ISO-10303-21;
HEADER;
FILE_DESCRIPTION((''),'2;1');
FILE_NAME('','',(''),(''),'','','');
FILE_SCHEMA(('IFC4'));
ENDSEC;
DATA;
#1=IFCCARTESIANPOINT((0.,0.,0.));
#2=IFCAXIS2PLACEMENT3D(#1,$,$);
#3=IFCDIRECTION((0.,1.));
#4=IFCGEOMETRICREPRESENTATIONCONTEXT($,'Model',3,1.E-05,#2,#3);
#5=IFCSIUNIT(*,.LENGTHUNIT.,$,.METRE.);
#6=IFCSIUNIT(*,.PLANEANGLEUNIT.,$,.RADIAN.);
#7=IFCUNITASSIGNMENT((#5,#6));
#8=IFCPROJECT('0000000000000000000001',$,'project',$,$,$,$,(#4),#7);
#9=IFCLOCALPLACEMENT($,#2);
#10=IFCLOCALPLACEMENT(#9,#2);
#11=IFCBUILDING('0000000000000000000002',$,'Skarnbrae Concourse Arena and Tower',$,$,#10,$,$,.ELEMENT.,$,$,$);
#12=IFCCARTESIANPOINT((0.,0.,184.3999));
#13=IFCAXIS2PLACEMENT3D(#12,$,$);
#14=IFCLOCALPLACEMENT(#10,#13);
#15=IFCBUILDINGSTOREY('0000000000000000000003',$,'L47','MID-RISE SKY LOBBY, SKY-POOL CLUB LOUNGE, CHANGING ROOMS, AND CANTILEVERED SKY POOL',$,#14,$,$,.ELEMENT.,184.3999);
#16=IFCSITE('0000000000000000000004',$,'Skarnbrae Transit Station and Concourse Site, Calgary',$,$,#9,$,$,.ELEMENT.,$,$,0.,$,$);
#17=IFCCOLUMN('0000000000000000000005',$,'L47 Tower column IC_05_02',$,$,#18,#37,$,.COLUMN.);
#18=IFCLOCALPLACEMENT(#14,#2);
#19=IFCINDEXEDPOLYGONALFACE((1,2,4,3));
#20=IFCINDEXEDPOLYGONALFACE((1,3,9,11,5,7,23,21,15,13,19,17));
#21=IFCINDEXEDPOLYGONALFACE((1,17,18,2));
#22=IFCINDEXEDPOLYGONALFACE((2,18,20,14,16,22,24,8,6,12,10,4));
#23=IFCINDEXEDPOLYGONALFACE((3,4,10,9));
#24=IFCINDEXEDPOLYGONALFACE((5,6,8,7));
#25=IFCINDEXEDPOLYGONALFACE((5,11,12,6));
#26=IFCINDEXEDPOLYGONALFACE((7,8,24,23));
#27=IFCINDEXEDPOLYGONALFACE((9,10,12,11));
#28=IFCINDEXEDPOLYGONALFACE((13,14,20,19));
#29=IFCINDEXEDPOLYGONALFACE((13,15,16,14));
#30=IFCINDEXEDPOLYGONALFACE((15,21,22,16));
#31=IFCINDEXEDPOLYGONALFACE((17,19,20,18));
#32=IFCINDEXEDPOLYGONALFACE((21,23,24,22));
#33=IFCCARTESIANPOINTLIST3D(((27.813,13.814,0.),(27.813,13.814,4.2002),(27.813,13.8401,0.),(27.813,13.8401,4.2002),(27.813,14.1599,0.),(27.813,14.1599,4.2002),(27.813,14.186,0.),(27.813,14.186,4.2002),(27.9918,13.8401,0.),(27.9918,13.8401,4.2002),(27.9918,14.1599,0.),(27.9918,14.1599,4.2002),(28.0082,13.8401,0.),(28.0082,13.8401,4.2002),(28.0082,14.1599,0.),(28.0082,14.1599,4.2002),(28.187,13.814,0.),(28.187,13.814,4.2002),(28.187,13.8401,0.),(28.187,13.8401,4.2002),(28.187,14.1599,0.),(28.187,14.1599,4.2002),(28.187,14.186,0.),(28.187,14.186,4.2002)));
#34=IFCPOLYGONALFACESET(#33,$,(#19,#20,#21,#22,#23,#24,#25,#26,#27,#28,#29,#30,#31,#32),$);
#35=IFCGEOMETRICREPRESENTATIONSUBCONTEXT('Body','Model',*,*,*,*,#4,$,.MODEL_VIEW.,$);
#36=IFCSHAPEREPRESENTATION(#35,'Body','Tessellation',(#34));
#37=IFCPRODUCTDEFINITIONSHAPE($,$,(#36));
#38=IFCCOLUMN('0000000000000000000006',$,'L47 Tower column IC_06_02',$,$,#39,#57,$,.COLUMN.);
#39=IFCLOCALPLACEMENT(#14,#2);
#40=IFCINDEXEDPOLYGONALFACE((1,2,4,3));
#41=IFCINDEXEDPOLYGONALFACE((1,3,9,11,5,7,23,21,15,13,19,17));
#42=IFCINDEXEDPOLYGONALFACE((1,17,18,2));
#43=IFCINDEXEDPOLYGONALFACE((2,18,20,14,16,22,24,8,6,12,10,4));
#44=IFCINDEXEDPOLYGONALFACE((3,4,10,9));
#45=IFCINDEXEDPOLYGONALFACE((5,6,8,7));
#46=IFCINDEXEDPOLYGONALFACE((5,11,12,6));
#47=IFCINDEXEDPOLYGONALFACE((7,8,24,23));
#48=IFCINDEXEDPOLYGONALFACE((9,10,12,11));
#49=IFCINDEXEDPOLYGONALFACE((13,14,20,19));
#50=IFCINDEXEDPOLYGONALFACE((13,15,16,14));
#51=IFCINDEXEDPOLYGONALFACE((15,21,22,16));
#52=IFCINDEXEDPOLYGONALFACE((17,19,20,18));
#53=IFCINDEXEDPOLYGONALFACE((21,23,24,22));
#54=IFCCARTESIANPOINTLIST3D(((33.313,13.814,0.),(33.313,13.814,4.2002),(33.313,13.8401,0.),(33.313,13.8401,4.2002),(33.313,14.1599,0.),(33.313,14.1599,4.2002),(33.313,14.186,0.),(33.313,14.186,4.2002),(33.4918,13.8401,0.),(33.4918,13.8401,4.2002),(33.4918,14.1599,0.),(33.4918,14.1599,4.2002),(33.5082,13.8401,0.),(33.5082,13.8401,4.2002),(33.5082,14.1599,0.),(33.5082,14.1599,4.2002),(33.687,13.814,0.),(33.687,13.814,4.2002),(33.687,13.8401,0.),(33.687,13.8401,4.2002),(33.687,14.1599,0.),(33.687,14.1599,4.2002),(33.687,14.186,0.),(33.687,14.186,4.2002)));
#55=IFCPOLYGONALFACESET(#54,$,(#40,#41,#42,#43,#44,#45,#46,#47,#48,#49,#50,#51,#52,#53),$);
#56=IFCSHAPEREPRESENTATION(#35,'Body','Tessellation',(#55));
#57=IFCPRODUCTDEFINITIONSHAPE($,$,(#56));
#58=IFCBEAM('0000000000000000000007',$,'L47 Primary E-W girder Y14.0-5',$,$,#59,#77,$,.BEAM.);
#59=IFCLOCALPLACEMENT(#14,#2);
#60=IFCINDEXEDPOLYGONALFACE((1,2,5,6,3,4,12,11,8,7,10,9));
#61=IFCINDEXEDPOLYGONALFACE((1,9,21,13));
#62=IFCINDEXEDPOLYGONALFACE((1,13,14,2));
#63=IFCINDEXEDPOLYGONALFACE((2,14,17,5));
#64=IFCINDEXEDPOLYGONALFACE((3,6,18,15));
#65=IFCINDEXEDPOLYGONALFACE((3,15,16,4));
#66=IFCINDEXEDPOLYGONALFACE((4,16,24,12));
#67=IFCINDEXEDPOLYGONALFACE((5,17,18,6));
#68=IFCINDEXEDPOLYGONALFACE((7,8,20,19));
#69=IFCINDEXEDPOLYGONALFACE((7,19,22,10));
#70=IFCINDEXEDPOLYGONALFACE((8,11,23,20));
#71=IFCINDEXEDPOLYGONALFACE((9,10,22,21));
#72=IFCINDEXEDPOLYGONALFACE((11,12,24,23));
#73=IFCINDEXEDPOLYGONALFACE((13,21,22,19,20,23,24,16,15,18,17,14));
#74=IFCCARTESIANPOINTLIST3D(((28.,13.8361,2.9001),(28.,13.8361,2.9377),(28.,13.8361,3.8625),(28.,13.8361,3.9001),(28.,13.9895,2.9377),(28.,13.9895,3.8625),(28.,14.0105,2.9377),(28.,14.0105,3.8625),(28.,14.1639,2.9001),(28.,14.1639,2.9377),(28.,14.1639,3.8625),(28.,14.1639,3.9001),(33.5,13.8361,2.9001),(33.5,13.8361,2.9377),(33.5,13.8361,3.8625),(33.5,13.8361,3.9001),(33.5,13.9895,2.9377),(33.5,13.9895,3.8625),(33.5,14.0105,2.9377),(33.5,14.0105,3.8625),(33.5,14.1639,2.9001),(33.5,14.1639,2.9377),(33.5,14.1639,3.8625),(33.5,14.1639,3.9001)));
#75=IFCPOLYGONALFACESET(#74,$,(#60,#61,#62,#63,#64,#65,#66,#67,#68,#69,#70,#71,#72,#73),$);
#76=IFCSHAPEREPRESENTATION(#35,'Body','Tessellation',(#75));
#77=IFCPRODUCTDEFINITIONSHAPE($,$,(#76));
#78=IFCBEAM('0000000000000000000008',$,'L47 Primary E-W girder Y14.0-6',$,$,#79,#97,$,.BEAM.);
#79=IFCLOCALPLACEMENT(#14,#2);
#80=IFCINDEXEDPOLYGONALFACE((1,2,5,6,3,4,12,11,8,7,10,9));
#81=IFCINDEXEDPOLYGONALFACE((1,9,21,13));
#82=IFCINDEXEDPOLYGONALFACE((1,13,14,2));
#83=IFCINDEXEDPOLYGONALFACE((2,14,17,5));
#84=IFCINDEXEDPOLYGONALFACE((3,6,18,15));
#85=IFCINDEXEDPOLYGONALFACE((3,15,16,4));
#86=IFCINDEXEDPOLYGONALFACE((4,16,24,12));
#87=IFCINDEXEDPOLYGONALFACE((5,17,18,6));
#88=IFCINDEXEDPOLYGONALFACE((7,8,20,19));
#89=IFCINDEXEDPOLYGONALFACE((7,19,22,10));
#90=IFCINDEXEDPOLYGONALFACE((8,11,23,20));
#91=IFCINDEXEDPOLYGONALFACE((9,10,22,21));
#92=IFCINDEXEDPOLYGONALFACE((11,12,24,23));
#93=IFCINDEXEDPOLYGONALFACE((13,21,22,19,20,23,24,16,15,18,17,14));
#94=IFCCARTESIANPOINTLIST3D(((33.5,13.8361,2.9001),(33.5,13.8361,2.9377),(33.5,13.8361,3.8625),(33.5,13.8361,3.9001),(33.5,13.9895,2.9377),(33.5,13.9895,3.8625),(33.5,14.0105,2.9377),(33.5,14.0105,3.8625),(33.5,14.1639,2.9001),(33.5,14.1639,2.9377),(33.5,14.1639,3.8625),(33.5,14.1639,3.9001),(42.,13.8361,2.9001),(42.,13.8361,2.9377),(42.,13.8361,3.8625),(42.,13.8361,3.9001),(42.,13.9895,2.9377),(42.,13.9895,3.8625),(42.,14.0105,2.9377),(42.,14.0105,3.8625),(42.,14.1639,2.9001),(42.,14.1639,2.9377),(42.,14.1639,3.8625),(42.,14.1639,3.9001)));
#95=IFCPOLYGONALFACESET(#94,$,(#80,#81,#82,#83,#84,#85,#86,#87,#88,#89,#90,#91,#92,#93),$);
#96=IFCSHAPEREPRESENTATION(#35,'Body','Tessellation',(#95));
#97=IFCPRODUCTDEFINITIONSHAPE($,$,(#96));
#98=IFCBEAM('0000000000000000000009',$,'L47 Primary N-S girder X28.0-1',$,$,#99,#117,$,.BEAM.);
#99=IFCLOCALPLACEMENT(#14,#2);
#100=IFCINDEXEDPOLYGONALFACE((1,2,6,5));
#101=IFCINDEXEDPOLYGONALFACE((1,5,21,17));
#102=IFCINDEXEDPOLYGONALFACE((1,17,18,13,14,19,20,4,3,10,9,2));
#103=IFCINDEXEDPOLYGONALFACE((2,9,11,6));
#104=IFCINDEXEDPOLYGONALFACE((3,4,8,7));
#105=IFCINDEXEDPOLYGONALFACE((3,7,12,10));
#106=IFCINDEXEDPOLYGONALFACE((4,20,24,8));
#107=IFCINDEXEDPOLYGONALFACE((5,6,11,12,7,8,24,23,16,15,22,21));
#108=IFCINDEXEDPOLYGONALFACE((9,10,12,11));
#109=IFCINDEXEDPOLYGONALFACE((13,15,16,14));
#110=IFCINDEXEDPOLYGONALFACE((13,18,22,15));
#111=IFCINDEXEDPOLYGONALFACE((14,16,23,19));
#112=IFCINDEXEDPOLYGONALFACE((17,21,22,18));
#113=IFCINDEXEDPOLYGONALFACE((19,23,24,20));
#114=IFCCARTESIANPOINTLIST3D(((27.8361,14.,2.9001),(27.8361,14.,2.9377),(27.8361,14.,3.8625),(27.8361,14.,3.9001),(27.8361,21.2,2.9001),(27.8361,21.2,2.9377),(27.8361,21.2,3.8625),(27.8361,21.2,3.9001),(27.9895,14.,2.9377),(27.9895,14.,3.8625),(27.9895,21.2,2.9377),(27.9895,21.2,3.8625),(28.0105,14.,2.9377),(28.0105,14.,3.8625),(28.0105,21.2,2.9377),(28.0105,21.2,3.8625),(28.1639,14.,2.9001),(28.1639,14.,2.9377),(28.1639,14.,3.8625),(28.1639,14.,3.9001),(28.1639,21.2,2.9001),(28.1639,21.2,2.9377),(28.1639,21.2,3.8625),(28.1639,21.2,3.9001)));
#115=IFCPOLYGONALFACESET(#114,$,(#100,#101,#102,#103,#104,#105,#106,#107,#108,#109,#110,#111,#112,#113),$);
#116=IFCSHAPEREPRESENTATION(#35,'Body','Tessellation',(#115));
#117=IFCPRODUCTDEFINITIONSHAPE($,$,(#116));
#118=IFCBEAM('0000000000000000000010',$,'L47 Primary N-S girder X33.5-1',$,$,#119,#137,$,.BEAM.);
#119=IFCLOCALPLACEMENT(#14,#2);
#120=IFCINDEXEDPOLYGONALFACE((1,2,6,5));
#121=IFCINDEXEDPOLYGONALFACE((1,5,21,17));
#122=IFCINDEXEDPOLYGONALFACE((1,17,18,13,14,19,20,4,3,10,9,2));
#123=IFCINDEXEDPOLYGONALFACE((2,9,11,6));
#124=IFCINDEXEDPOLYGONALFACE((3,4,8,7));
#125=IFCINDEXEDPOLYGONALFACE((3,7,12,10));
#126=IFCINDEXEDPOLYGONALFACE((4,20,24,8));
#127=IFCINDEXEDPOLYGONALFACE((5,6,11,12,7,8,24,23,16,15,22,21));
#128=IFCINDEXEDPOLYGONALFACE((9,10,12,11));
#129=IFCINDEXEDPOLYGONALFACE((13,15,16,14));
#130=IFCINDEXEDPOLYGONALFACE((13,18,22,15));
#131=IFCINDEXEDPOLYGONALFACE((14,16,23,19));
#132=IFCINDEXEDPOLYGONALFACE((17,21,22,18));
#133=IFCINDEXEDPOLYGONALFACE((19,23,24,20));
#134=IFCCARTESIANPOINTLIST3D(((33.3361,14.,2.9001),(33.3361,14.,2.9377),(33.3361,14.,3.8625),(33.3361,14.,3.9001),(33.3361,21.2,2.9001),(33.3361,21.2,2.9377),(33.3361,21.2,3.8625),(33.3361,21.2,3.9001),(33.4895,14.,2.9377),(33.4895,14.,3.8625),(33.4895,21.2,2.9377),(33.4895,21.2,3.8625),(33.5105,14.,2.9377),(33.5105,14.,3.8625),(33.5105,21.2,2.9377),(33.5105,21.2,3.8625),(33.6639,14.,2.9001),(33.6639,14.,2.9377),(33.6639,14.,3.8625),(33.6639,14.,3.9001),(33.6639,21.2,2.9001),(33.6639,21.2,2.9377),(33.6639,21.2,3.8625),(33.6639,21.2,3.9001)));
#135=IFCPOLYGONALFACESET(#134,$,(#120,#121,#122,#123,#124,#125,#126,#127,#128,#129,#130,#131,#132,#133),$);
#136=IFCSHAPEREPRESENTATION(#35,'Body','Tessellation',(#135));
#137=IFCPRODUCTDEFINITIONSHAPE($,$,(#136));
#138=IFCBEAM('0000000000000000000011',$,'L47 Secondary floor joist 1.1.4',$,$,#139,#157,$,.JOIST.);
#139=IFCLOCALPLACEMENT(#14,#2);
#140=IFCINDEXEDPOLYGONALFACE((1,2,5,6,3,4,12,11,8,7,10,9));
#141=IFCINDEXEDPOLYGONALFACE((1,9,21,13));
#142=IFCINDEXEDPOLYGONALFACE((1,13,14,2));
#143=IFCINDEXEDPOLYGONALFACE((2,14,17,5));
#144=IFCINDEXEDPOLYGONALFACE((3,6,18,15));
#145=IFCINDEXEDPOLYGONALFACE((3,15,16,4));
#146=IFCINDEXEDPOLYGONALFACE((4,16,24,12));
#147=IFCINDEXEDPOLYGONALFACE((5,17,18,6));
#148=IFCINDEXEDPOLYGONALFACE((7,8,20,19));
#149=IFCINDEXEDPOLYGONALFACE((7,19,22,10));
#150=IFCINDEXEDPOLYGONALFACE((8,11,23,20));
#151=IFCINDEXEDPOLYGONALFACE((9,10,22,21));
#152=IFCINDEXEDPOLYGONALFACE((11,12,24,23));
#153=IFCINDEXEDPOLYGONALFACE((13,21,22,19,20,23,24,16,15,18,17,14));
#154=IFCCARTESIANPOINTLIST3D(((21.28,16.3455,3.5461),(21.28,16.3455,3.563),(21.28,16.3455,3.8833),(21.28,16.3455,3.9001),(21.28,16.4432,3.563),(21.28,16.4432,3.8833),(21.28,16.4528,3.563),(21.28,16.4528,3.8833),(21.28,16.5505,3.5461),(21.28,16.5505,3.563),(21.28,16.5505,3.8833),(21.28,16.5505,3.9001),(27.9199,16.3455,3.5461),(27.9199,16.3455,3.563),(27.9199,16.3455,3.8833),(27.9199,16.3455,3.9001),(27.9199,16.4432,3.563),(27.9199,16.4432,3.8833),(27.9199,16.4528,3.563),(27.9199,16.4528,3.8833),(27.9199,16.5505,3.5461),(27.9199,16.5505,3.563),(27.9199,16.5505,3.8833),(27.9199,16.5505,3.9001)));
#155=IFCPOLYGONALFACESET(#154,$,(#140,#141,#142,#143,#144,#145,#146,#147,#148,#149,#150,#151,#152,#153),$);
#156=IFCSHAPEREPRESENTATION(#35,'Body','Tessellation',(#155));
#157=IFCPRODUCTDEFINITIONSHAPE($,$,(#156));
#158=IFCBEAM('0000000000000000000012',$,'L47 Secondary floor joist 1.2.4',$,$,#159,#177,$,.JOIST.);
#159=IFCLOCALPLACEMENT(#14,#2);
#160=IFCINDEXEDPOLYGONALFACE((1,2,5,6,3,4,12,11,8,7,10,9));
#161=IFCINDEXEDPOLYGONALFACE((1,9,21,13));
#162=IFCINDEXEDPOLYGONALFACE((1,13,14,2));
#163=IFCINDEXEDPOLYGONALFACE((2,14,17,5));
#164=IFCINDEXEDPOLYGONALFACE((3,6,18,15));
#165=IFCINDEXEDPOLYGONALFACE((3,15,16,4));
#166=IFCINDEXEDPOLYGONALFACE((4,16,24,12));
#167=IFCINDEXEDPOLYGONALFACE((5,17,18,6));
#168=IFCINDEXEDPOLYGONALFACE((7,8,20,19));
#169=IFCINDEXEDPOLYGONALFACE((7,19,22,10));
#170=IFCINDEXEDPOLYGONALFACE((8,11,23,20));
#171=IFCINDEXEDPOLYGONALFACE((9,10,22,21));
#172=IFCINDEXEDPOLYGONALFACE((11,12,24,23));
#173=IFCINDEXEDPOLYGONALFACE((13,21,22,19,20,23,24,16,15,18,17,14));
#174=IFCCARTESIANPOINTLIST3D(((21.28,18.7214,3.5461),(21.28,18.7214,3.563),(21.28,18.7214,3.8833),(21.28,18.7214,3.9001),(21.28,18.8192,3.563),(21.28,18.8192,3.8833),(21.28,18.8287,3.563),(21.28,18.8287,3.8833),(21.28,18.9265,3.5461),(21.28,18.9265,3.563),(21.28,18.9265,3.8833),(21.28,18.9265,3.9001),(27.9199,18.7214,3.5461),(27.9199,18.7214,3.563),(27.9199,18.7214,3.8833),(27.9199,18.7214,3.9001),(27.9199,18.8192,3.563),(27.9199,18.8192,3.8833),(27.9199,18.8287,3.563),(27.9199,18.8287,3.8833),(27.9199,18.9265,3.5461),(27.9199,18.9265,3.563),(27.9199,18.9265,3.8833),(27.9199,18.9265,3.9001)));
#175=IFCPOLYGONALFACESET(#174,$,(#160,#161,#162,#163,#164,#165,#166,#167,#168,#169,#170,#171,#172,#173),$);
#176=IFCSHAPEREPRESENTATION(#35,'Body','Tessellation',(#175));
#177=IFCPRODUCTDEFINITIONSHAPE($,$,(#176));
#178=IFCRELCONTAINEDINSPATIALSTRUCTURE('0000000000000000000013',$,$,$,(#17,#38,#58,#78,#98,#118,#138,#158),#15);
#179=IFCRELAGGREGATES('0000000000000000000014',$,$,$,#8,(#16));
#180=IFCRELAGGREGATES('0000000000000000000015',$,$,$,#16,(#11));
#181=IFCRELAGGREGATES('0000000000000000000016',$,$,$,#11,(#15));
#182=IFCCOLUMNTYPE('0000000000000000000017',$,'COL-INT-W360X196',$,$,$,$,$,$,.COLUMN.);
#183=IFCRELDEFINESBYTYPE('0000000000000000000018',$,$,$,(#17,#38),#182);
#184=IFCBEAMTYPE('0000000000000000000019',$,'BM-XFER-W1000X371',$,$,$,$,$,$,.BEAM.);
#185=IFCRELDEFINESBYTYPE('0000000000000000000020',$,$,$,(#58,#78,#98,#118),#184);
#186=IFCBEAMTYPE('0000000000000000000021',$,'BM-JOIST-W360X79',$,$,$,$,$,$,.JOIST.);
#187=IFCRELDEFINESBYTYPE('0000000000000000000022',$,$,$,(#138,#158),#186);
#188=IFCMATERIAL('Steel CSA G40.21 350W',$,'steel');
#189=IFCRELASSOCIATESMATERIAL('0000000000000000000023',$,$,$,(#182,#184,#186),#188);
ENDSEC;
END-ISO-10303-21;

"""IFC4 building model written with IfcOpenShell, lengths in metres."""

from ifc_helpers import new_model, si_unit, direction, frame, origin, origin_2d, place, context, subcontext, project, spatial, i_section, extrude, source, transform, mapped, material, material_profile, profile_set, type_object, element, save


model = new_model("IFC4")

# Units and contexts
model_context = context("Model", 3, precision=1e-05, world=origin(), true_north=direction((0.0, 1.0)))
body_context = subcontext(model_context, "Body", "Model", "MODEL_VIEW")
ifc_project = project(units=[si_unit("LENGTHUNIT", "METRE"), si_unit("PLANEANGLEUNIT", "RADIAN")], contexts=[model_context])

# Site, building, storey
site_placement = place(None, origin())
site = spatial("IfcSite", under=ifc_project, at=site_placement, Name="Skarnbrae Transit Station and Concourse Site, Calgary", CompositionType="ELEMENT", RefElevation=0.0)
building_placement = place(site_placement, origin())
building = spatial("IfcBuilding", under=site, at=building_placement, Name="Skarnbrae Concourse Arena and Tower", CompositionType="ELEMENT")
storey_placement = place(building_placement, frame((0.0, 0.0, 184.3999)))
storey = spatial("IfcBuildingStorey", under=building, at=storey_placement, Name="L47", Description="MID-RISE SKY LOBBY, SKY-POOL CLUB LOUNGE, CHANGING ROOMS, AND CANTILEVERED SKY POOL", CompositionType="ELEMENT", Elevation=184.3999)

# Columns
ifc_material_1 = material(Name="Steel CSA G40.21 350W", Category="steel")
ifc_material_profile_1 = material_profile(ifc_material_1, i_section(OverallWidth=0.374, OverallDepth=0.3721, WebThickness=0.0164, FlangeThickness=0.0261, at=origin_2d()), Name="W360X196")
ifc_profile_set_1 = profile_set([ifc_material_profile_1], Name="Steel CSA G40.21 350W")
column_type = type_object("IfcColumnType", Name="COL-INT-W360X196", PredefinedType="COLUMN", material=ifc_profile_set_1)
shared_shape_1 = source(origin(), body_context, "Body", "SweptSolid", [
    extrude(i_section(OverallWidth=0.374, OverallDepth=0.3721, WebThickness=0.0164, FlangeThickness=0.0261, at=origin_2d()), origin(), (0.0, 0.0, 1.0), 4.2002),
])
for number, where, z_axis, x_axis, name in (
    (1, (28.0, 14.0, 0.0), (0.0, 0.0, 1.0), (1.0, 0.0, 0.0), "L47 Tower column IC_05_02"),
    (2, (33.5, 14.0, 0.0), (0.0, 0.0, 1.0), (1.0, 0.0, 0.0), "L47 Tower column IC_06_02"),
):
    element("IfcColumn", number, at=place(storey_placement, frame(where, z_axis=z_axis, x_axis=x_axis)), inside=storey, type_object=column_type, Name=name, PredefinedType="COLUMN", context=body_context, shape_type="MappedRepresentation", body=[
        mapped(shared_shape_1, transform((0.0, 0.0, 0.0))),
    ])

# Beams
ifc_material_profile_2 = material_profile(ifc_material_1, i_section(OverallWidth=0.3279, OverallDepth=1.0, WebThickness=0.021, FlangeThickness=0.0376, at=origin_2d()), Name="W1000X371")
ifc_profile_set_2 = profile_set([ifc_material_profile_2], Name="Steel CSA G40.21 350W")
beam_type_1 = type_object("IfcBeamType", Name="BM-XFER-W1000X371", PredefinedType="BEAM", material=ifc_profile_set_2)
shared_shape_2 = source(origin(), body_context, "Body", "SweptSolid", [
    extrude(i_section(OverallWidth=0.3279, OverallDepth=1.0, WebThickness=0.021, FlangeThickness=0.0376, at=origin_2d()), origin(), (0.0, 0.0, 1.0), 5.5),
])
beam_1_placement = place(storey_placement, frame((28.0, 14.0, 3.4001), z_axis=(1.0, 0.0, 0.0), x_axis=(0.0, 1.0, 0.0)))
element("IfcBeam", 3, at=beam_1_placement, inside=storey, type_object=beam_type_1, Name="L47 Primary E-W girder Y14.0-5", PredefinedType="BEAM", context=body_context, shape_type="MappedRepresentation", body=[
    mapped(shared_shape_2, transform((0.0, 0.0, 0.0))),
])
shared_shape_3 = source(origin(), body_context, "Body", "SweptSolid", [
    extrude(i_section(OverallWidth=0.3279, OverallDepth=1.0, WebThickness=0.021, FlangeThickness=0.0376, at=origin_2d()), origin(), (0.0, 0.0, 1.0), 8.5),
])
beam_2_placement = place(storey_placement, frame((33.5, 14.0, 3.4001), z_axis=(1.0, 0.0, 0.0), x_axis=(0.0, 1.0, 0.0)))
element("IfcBeam", 4, at=beam_2_placement, inside=storey, type_object=beam_type_1, Name="L47 Primary E-W girder Y14.0-6", PredefinedType="BEAM", context=body_context, shape_type="MappedRepresentation", body=[
    mapped(shared_shape_3, transform((0.0, 0.0, 0.0))),
])
shared_shape_4 = source(origin(), body_context, "Body", "SweptSolid", [
    extrude(i_section(OverallWidth=0.3279, OverallDepth=1.0, WebThickness=0.021, FlangeThickness=0.0376, at=origin_2d()), origin(), (0.0, 0.0, 1.0), 7.2),
])
for number, where, z_axis, x_axis, name in (
    (5, (28.0, 14.0, 3.4001), (0.0, 1.0, 0.0), (-1.0, 0.0, 0.0), "L47 Primary N-S girder X28.0-1"),
    (6, (33.5, 14.0, 3.4001), (0.0, 1.0, 0.0), (-1.0, 0.0, 0.0), "L47 Primary N-S girder X33.5-1"),
):
    element("IfcBeam", number, at=place(storey_placement, frame(where, z_axis=z_axis, x_axis=x_axis)), inside=storey, type_object=beam_type_1, Name=name, PredefinedType="BEAM", context=body_context, shape_type="MappedRepresentation", body=[
        mapped(shared_shape_4, transform((0.0, 0.0, 0.0))),
    ])
ifc_material_profile_3 = material_profile(ifc_material_1, i_section(OverallWidth=0.2051, OverallDepth=0.354, WebThickness=0.0095, FlangeThickness=0.0168, at=origin_2d()), Name="W360X79")
ifc_profile_set_3 = profile_set([ifc_material_profile_3], Name="Steel CSA G40.21 350W")
beam_type_2 = type_object("IfcBeamType", Name="BM-JOIST-W360X79", PredefinedType="JOIST", material=ifc_profile_set_3)
shared_shape_5 = source(origin(), body_context, "Body", "SweptSolid", [
    extrude(i_section(OverallWidth=0.2051, OverallDepth=0.354, WebThickness=0.0095, FlangeThickness=0.0168, at=origin_2d()), origin(), (0.0, 0.0, 1.0), 6.6399),
])
for number, where, z_axis, x_axis, name in (
    (7, (21.28, 16.448, 3.7231), (1.0, 0.0, 0.0), (0.0, 1.0, 0.0), "L47 Secondary floor joist 1.1.4"),
    (8, (21.28, 18.824, 3.7231), (1.0, 0.0, 0.0), (0.0, 1.0, 0.0), "L47 Secondary floor joist 1.2.4"),
):
    element("IfcBeam", number, at=place(storey_placement, frame(where, z_axis=z_axis, x_axis=x_axis)), inside=storey, type_object=beam_type_2, Name=name, PredefinedType="JOIST", context=body_context, shape_type="MappedRepresentation", body=[
        mapped(shared_shape_5, transform((0.0, 0.0, 0.0))),
    ])

save(model, "model.ifc")
